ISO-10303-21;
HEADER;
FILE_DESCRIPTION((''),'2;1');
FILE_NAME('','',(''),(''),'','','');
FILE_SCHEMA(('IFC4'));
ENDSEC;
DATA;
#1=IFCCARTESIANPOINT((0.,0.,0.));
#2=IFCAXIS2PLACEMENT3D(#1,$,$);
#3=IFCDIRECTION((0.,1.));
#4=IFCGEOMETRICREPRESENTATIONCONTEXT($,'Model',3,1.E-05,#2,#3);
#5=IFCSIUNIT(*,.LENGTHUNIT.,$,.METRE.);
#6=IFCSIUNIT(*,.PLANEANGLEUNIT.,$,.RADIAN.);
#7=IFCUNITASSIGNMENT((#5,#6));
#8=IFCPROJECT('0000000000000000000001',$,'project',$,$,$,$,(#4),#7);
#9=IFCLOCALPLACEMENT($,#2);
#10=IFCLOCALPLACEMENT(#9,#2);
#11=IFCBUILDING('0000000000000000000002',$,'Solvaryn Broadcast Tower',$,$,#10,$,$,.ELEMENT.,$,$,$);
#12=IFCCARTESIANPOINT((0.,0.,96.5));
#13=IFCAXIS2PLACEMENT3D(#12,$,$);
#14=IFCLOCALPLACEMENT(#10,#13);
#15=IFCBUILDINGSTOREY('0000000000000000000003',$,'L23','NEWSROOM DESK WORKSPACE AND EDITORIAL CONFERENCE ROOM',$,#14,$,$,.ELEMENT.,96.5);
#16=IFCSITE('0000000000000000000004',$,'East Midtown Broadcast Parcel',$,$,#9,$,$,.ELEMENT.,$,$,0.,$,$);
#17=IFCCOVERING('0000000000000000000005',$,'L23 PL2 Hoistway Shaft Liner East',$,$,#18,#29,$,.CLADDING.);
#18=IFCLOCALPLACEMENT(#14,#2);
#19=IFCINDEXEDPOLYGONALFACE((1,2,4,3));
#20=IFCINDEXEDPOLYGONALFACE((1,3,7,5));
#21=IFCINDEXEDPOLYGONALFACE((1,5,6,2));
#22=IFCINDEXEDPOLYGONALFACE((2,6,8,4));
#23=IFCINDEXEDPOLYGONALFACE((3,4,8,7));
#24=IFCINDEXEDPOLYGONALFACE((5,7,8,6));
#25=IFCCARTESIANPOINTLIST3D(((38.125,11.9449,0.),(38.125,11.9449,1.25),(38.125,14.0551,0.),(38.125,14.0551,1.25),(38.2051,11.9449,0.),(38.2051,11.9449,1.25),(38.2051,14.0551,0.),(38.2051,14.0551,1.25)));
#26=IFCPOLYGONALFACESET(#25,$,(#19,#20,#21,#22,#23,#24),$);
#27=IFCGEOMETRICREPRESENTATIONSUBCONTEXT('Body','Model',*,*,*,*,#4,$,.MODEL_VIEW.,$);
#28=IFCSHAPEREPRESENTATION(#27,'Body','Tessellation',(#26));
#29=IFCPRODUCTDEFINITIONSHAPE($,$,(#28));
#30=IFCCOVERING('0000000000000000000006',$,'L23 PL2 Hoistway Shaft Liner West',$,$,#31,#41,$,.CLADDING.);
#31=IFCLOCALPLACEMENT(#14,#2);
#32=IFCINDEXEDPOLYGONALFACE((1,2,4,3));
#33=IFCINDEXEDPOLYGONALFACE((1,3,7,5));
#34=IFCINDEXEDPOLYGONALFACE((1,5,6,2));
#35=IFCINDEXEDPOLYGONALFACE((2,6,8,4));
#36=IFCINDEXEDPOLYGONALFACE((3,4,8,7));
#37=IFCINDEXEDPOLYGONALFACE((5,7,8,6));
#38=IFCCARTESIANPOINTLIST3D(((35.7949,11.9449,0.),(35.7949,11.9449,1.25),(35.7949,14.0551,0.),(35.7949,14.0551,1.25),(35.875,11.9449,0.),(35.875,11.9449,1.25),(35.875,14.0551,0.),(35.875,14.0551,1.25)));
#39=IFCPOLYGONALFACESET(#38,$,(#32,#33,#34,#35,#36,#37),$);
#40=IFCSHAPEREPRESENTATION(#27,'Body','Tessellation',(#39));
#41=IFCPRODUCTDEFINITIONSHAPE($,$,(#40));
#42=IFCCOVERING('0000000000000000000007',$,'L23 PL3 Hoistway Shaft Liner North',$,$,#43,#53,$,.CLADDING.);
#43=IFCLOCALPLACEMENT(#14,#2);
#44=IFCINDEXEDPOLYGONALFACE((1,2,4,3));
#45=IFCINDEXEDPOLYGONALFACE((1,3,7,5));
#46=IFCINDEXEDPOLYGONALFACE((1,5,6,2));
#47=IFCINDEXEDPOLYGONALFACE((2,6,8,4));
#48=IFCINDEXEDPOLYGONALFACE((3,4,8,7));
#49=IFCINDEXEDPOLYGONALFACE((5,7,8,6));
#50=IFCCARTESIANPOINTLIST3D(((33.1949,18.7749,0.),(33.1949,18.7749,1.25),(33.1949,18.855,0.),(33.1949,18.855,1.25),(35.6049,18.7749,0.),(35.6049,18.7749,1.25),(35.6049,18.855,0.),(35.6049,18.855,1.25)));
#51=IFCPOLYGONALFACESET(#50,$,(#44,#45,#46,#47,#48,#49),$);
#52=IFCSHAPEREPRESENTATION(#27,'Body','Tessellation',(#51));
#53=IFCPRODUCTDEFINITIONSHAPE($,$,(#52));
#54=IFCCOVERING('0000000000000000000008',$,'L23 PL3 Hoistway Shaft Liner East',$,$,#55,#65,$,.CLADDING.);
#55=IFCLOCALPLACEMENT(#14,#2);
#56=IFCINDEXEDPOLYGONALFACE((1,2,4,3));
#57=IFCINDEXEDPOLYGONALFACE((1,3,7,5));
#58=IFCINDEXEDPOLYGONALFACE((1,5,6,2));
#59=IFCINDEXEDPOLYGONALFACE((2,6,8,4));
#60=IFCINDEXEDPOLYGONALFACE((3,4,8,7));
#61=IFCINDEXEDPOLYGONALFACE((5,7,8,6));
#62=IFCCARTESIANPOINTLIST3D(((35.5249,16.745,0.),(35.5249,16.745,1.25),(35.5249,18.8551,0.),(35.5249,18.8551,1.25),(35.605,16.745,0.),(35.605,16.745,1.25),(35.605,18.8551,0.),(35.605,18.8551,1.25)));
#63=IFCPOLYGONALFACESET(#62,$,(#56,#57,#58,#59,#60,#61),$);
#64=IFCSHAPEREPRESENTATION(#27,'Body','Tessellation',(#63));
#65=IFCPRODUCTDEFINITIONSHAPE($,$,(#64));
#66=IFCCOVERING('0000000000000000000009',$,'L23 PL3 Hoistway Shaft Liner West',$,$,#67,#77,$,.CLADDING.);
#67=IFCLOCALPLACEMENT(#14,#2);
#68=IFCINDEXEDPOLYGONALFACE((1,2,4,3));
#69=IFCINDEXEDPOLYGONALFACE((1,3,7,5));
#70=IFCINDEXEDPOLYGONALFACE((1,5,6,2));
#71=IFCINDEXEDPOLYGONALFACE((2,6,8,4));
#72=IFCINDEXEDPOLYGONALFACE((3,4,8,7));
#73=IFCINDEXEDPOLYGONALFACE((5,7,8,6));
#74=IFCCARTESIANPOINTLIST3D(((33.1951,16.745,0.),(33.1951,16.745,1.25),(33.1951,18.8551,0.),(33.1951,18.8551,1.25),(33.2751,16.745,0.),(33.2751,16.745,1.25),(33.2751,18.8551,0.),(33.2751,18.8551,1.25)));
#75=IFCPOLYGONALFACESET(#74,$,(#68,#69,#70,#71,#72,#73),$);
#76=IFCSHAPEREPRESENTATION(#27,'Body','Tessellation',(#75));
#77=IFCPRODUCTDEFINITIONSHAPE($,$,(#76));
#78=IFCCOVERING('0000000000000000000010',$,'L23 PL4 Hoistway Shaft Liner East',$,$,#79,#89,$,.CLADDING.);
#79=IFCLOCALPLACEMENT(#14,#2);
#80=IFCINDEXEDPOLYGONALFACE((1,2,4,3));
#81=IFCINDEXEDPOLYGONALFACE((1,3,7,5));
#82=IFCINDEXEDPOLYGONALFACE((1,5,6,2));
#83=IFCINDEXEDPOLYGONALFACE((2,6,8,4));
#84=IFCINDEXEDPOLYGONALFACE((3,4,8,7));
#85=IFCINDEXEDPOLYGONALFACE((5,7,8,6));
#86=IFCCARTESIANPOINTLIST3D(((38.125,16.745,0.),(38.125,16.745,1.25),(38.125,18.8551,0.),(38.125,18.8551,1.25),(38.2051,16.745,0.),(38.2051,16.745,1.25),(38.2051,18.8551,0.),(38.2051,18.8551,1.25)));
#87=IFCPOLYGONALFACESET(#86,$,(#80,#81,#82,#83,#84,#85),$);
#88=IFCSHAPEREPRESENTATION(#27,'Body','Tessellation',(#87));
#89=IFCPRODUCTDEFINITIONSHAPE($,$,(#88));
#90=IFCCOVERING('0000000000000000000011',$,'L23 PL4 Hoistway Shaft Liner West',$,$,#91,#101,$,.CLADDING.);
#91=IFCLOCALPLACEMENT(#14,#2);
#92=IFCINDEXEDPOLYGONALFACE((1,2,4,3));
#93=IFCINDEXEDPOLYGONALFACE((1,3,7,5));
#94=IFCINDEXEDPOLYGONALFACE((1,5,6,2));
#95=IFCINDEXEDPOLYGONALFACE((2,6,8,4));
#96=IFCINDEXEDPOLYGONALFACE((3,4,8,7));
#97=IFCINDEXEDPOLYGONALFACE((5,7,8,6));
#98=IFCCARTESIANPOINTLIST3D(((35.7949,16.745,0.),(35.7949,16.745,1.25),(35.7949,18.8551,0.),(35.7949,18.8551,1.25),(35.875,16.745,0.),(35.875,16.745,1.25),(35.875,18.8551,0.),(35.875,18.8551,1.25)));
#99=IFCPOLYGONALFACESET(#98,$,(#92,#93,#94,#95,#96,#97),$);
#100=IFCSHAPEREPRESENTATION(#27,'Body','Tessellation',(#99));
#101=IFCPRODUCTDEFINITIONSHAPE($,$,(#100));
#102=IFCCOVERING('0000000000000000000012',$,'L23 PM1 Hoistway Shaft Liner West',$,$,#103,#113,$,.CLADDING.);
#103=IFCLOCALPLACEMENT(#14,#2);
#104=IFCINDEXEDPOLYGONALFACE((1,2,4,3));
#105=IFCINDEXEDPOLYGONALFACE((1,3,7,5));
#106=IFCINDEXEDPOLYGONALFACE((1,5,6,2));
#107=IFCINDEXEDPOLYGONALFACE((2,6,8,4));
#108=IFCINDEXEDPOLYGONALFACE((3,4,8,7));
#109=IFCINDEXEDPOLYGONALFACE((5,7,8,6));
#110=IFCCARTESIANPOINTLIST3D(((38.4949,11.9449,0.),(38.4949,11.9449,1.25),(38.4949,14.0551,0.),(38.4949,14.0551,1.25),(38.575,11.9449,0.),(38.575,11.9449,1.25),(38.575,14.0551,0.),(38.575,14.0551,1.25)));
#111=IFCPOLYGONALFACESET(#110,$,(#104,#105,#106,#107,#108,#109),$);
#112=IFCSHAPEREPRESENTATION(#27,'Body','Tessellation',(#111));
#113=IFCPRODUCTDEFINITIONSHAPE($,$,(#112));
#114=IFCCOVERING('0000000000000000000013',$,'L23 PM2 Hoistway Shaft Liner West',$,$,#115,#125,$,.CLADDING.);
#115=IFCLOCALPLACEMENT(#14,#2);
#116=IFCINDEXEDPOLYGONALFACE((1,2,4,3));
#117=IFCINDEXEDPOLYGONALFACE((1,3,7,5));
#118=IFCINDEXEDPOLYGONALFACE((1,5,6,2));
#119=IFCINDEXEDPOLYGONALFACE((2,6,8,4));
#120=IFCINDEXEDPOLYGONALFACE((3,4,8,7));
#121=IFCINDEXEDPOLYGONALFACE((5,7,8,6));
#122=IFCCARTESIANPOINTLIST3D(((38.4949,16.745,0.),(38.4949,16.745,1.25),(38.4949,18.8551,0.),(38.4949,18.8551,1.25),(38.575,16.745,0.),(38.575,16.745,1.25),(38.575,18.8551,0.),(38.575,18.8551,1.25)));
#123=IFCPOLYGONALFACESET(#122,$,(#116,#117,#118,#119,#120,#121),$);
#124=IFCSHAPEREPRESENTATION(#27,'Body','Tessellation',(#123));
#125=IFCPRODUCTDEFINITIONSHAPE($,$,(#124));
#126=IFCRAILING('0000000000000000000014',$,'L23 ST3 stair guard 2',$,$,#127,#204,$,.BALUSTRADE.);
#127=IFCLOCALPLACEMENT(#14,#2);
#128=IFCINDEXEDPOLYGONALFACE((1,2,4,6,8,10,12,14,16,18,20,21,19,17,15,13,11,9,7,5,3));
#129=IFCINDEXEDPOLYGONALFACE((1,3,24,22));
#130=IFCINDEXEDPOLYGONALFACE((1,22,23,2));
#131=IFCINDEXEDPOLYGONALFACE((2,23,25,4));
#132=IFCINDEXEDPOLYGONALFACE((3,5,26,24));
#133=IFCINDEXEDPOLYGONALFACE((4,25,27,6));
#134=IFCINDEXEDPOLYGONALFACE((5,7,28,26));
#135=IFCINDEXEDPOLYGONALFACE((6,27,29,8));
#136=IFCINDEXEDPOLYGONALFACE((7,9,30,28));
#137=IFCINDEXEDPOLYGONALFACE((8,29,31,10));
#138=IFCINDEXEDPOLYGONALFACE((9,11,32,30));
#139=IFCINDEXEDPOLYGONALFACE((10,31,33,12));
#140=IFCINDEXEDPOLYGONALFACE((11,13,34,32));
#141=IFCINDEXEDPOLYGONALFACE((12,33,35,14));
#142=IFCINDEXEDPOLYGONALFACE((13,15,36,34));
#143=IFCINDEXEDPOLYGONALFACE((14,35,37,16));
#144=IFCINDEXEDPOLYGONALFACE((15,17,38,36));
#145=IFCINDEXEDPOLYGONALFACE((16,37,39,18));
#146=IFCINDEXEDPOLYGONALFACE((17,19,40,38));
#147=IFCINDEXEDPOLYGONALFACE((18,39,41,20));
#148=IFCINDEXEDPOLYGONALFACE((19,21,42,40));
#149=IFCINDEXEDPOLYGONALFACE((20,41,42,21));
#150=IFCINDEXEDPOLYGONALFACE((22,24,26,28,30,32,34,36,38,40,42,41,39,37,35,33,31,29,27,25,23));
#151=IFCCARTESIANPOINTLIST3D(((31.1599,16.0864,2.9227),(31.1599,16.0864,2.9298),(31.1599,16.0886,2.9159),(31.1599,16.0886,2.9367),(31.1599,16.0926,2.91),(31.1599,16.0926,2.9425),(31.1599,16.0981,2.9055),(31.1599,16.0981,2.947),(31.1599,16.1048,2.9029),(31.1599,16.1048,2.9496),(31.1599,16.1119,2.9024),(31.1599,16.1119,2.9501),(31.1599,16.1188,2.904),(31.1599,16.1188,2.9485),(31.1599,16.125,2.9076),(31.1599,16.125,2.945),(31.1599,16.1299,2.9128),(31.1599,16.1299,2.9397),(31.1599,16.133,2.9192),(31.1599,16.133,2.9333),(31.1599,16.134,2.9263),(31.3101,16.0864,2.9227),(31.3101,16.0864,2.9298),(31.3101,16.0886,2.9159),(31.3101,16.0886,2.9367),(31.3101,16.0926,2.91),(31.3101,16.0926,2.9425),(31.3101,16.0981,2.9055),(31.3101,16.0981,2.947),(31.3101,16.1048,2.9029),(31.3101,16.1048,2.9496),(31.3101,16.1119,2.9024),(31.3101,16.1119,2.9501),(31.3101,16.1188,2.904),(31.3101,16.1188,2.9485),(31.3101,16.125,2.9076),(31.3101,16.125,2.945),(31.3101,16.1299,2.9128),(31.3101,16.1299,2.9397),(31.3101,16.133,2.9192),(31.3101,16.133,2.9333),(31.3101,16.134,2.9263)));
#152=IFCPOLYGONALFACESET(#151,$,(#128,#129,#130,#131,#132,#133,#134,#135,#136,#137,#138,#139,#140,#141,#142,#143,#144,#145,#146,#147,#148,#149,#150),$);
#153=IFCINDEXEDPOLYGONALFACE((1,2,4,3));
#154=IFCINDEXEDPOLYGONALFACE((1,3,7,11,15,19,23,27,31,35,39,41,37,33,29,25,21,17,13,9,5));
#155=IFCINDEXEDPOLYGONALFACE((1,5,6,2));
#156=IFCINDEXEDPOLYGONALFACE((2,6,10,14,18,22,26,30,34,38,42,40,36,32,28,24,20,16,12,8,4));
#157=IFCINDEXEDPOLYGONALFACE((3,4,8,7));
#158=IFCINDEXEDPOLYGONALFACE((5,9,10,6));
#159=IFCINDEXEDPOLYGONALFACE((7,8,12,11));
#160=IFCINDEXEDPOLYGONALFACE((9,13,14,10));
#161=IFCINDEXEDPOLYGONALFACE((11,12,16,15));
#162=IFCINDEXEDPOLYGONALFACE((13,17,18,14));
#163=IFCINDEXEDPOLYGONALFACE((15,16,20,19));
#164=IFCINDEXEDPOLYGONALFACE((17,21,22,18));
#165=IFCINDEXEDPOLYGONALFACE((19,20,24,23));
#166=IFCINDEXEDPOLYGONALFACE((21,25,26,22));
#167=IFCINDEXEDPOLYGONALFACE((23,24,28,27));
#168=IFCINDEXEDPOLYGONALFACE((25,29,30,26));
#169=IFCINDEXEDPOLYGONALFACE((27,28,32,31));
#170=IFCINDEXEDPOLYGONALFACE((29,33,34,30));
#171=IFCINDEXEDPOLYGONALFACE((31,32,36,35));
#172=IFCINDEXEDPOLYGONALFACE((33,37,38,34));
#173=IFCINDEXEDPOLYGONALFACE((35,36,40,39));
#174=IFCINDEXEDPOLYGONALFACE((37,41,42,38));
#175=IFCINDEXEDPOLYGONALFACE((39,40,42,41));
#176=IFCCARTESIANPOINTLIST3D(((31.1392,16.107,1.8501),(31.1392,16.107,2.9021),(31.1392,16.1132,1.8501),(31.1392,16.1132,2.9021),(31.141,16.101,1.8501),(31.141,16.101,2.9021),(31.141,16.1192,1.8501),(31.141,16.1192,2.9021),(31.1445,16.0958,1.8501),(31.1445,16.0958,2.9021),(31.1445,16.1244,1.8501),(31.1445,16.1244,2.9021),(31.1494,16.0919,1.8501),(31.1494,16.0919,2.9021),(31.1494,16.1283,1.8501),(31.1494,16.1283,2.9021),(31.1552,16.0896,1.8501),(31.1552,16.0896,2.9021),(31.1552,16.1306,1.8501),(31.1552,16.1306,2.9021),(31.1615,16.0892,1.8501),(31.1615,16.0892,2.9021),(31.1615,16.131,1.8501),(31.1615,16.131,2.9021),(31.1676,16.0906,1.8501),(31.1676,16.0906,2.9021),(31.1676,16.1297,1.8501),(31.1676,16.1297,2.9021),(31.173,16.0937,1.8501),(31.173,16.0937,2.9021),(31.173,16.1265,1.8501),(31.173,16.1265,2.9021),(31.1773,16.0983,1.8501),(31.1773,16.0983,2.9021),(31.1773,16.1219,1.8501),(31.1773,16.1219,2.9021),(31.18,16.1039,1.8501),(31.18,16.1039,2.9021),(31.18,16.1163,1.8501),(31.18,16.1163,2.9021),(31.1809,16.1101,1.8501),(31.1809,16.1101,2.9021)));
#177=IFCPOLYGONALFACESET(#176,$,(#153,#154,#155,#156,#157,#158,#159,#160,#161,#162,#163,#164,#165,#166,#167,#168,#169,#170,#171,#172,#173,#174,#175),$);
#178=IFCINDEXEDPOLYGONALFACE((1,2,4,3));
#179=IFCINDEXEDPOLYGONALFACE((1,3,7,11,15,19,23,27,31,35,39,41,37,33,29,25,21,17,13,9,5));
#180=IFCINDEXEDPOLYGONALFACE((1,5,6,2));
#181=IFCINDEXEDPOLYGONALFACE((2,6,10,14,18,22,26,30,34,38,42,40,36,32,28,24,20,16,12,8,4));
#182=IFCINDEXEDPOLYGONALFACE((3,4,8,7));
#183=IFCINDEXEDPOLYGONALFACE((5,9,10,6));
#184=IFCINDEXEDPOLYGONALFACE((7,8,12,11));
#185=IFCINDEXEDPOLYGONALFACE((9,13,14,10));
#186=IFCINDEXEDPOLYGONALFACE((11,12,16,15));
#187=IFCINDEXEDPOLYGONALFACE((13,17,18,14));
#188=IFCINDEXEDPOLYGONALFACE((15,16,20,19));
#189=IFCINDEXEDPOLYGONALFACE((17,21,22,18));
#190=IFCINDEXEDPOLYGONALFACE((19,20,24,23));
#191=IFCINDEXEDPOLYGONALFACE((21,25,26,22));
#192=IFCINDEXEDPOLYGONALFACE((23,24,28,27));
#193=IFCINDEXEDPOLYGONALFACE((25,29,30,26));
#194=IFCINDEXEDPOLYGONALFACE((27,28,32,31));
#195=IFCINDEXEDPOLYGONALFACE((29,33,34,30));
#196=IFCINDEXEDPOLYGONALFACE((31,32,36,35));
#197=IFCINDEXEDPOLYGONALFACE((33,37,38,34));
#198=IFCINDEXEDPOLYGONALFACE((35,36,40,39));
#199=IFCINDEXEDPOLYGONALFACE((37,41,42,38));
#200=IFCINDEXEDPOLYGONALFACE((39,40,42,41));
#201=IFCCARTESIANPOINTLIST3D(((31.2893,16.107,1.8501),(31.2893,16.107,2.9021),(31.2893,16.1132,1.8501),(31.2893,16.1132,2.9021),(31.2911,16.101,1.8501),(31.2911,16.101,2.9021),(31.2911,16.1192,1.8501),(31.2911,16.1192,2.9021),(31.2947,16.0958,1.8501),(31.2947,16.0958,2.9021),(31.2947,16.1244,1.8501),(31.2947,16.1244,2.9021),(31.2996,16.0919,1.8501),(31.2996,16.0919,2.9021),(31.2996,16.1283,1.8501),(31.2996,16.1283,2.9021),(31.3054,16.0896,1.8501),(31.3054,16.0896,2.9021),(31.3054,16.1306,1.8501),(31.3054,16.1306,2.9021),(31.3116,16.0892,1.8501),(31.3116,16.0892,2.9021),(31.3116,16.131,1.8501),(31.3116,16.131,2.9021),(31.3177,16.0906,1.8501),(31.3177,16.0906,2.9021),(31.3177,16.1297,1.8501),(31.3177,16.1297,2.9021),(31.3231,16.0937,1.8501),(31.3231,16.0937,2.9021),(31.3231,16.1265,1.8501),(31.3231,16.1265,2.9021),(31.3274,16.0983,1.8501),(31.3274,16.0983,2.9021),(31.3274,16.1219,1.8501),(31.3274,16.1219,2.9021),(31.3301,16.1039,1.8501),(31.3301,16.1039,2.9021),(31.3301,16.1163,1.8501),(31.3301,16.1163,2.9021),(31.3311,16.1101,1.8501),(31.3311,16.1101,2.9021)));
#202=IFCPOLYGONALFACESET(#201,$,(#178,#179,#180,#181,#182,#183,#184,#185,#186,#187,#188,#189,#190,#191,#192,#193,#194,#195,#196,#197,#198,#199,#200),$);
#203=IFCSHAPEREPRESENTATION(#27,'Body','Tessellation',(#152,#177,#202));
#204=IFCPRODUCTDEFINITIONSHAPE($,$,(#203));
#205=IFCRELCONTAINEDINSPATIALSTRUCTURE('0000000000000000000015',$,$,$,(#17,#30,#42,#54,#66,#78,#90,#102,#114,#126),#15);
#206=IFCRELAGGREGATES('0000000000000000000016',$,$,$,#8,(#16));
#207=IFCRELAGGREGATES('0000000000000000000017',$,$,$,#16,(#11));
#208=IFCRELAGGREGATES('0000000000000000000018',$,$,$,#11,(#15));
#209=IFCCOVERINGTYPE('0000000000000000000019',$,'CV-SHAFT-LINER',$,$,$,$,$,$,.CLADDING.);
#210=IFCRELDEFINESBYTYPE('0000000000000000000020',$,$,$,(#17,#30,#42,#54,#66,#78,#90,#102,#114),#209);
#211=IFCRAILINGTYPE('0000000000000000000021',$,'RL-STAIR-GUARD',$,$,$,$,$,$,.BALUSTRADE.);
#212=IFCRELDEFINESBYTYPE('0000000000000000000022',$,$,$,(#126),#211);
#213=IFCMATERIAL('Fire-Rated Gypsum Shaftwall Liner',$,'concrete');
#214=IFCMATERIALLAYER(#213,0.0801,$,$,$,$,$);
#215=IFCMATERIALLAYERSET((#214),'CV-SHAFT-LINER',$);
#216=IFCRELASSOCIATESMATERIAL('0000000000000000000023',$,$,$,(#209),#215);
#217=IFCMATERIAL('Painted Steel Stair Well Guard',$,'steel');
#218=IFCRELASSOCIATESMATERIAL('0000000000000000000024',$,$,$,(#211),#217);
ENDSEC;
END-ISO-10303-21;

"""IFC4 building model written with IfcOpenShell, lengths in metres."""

from ifc_helpers import new_model, si_unit, direction, frame, origin, origin_2d, place, context, subcontext, project, spatial, rectangle, circle, extrude, material, layer, layer_set, type_object, element, save


model = new_model("IFC4")

# Units and contexts
model_context = context("Model", 3, precision=1e-05, world=origin(), true_north=direction((0.0, 1.0)))
body_context = subcontext(model_context, "Body", "Model", "MODEL_VIEW")
ifc_project = project(units=[si_unit("LENGTHUNIT", "METRE"), si_unit("PLANEANGLEUNIT", "RADIAN")], contexts=[model_context])

# Site, building, storey
site_placement = place(None, origin())
site = spatial("IfcSite", under=ifc_project, at=site_placement, Name="East Midtown Broadcast Parcel", CompositionType="ELEMENT", RefElevation=0.0)
building_placement = place(site_placement, origin())
building = spatial("IfcBuilding", under=site, at=building_placement, Name="Solvaryn Broadcast Tower", CompositionType="ELEMENT")
storey_placement = place(building_placement, frame((0.0, 0.0, 96.5)))
storey = spatial("IfcBuildingStorey", under=building, at=storey_placement, Name="L23", Description="NEWSROOM DESK WORKSPACE AND EDITORIAL CONFERENCE ROOM", CompositionType="ELEMENT", Elevation=96.5)

# Coverings
ifc_material_1 = material(Name="Fire-Rated Gypsum Shaftwall Liner", Category="concrete")
ifc_layer_1 = layer(ifc_material_1, 0.0801)
ifc_layer_set_1 = layer_set([ifc_layer_1], Name="CV-SHAFT-LINER")
covering_type = type_object("IfcCoveringType", Name="CV-SHAFT-LINER", PredefinedType="CLADDING", material=ifc_layer_set_1)
for number, where, z_axis, x_axis, name in (
    (1, (38.165, 13.0, 0.0), (0.0, 0.0, 1.0), (1.0, 0.0, 0.0), "L23 PL2 Hoistway Shaft Liner East"),
    (2, (35.835, 13.0, 0.0), (0.0, 0.0, 1.0), (1.0, 0.0, 0.0), "L23 PL2 Hoistway Shaft Liner West"),
):
    element("IfcCovering", number, at=place(storey_placement, frame(where, z_axis=z_axis, x_axis=x_axis)), inside=storey, type_object=covering_type, Name=name, PredefinedType="CLADDING", context=body_context, shape_type="SweptSolid", body=[
        extrude(rectangle(XDim=0.0801, YDim=2.1101, at=origin_2d()), origin(), (0.0, 0.0, 1.0), 1.25),
    ])
covering_1_placement = place(storey_placement, frame((34.3999, 18.8149, 0.0), z_axis=(0.0, 0.0, 1.0), x_axis=(1.0, 0.0, 0.0)))
element("IfcCovering", 3, at=covering_1_placement, inside=storey, type_object=covering_type, Name="L23 PL3 Hoistway Shaft Liner North", PredefinedType="CLADDING", context=body_context, shape_type="SweptSolid", body=[
    extrude(rectangle(XDim=2.4099, YDim=0.0801, at=origin_2d()), origin(), (0.0, 0.0, 1.0), 1.25),
])
for number, where, z_axis, x_axis, name in (
    (4, (35.5649, 17.8, 0.0), (0.0, 0.0, 1.0), (1.0, 0.0, 0.0), "L23 PL3 Hoistway Shaft Liner East"),
    (5, (33.2351, 17.8, 0.0), (0.0, 0.0, 1.0), (1.0, 0.0, 0.0), "L23 PL3 Hoistway Shaft Liner West"),
    (6, (38.165, 17.8, 0.0), (0.0, 0.0, 1.0), (1.0, 0.0, 0.0), "L23 PL4 Hoistway Shaft Liner East"),
    (7, (35.835, 17.8, 0.0), (0.0, 0.0, 1.0), (1.0, 0.0, 0.0), "L23 PL4 Hoistway Shaft Liner West"),
    (8, (38.5349, 13.0, 0.0), (0.0, 0.0, 1.0), (1.0, 0.0, 0.0), "L23 PM1 Hoistway Shaft Liner West"),
    (9, (38.5349, 17.8, 0.0), (0.0, 0.0, 1.0), (1.0, 0.0, 0.0), "L23 PM2 Hoistway Shaft Liner West"),
):
    element("IfcCovering", number, at=place(storey_placement, frame(where, z_axis=z_axis, x_axis=x_axis)), inside=storey, type_object=covering_type, Name=name, PredefinedType="CLADDING", context=body_context, shape_type="SweptSolid", body=[
        extrude(rectangle(XDim=0.0801, YDim=2.1101, at=origin_2d()), origin(), (0.0, 0.0, 1.0), 1.25),
    ])

# Railing
ifc_material_2 = material(Name="Painted Steel Stair Well Guard", Category="steel")
railing_type_1 = type_object("IfcRailingType", Name="RL-STAIR-GUARD", PredefinedType="BALUSTRADE", material=ifc_material_2)
railing_1_placement = place(storey_placement, frame((31.1599, 16.1101, 1.8501)))
element("IfcRailing", 10, at=railing_1_placement, inside=storey, type_object=railing_type_1, Name="L23 ST3 stair guard 2", PredefinedType="BALUSTRADE", context=body_context, shape_type="SweptSolid", body=[
    extrude(circle(Radius=0.0239, at=origin_2d()), frame((0.0, 0.0, 1.0762), z_axis=(1.0, 0.0, 0.0), x_axis=(0.0, 1.0, 0.0)), (0.0, 0.0, 1.0), 0.1501),
    extrude(circle(Radius=0.021, at=origin_2d()), origin(), (0.0, 0.0, 1.0), 1.052),
    extrude(circle(Radius=0.021, at=origin_2d()), frame((0.1501, 0.0, 0.0)), (0.0, 0.0, 1.0), 1.052),
])

save(model, "model.ifc")
